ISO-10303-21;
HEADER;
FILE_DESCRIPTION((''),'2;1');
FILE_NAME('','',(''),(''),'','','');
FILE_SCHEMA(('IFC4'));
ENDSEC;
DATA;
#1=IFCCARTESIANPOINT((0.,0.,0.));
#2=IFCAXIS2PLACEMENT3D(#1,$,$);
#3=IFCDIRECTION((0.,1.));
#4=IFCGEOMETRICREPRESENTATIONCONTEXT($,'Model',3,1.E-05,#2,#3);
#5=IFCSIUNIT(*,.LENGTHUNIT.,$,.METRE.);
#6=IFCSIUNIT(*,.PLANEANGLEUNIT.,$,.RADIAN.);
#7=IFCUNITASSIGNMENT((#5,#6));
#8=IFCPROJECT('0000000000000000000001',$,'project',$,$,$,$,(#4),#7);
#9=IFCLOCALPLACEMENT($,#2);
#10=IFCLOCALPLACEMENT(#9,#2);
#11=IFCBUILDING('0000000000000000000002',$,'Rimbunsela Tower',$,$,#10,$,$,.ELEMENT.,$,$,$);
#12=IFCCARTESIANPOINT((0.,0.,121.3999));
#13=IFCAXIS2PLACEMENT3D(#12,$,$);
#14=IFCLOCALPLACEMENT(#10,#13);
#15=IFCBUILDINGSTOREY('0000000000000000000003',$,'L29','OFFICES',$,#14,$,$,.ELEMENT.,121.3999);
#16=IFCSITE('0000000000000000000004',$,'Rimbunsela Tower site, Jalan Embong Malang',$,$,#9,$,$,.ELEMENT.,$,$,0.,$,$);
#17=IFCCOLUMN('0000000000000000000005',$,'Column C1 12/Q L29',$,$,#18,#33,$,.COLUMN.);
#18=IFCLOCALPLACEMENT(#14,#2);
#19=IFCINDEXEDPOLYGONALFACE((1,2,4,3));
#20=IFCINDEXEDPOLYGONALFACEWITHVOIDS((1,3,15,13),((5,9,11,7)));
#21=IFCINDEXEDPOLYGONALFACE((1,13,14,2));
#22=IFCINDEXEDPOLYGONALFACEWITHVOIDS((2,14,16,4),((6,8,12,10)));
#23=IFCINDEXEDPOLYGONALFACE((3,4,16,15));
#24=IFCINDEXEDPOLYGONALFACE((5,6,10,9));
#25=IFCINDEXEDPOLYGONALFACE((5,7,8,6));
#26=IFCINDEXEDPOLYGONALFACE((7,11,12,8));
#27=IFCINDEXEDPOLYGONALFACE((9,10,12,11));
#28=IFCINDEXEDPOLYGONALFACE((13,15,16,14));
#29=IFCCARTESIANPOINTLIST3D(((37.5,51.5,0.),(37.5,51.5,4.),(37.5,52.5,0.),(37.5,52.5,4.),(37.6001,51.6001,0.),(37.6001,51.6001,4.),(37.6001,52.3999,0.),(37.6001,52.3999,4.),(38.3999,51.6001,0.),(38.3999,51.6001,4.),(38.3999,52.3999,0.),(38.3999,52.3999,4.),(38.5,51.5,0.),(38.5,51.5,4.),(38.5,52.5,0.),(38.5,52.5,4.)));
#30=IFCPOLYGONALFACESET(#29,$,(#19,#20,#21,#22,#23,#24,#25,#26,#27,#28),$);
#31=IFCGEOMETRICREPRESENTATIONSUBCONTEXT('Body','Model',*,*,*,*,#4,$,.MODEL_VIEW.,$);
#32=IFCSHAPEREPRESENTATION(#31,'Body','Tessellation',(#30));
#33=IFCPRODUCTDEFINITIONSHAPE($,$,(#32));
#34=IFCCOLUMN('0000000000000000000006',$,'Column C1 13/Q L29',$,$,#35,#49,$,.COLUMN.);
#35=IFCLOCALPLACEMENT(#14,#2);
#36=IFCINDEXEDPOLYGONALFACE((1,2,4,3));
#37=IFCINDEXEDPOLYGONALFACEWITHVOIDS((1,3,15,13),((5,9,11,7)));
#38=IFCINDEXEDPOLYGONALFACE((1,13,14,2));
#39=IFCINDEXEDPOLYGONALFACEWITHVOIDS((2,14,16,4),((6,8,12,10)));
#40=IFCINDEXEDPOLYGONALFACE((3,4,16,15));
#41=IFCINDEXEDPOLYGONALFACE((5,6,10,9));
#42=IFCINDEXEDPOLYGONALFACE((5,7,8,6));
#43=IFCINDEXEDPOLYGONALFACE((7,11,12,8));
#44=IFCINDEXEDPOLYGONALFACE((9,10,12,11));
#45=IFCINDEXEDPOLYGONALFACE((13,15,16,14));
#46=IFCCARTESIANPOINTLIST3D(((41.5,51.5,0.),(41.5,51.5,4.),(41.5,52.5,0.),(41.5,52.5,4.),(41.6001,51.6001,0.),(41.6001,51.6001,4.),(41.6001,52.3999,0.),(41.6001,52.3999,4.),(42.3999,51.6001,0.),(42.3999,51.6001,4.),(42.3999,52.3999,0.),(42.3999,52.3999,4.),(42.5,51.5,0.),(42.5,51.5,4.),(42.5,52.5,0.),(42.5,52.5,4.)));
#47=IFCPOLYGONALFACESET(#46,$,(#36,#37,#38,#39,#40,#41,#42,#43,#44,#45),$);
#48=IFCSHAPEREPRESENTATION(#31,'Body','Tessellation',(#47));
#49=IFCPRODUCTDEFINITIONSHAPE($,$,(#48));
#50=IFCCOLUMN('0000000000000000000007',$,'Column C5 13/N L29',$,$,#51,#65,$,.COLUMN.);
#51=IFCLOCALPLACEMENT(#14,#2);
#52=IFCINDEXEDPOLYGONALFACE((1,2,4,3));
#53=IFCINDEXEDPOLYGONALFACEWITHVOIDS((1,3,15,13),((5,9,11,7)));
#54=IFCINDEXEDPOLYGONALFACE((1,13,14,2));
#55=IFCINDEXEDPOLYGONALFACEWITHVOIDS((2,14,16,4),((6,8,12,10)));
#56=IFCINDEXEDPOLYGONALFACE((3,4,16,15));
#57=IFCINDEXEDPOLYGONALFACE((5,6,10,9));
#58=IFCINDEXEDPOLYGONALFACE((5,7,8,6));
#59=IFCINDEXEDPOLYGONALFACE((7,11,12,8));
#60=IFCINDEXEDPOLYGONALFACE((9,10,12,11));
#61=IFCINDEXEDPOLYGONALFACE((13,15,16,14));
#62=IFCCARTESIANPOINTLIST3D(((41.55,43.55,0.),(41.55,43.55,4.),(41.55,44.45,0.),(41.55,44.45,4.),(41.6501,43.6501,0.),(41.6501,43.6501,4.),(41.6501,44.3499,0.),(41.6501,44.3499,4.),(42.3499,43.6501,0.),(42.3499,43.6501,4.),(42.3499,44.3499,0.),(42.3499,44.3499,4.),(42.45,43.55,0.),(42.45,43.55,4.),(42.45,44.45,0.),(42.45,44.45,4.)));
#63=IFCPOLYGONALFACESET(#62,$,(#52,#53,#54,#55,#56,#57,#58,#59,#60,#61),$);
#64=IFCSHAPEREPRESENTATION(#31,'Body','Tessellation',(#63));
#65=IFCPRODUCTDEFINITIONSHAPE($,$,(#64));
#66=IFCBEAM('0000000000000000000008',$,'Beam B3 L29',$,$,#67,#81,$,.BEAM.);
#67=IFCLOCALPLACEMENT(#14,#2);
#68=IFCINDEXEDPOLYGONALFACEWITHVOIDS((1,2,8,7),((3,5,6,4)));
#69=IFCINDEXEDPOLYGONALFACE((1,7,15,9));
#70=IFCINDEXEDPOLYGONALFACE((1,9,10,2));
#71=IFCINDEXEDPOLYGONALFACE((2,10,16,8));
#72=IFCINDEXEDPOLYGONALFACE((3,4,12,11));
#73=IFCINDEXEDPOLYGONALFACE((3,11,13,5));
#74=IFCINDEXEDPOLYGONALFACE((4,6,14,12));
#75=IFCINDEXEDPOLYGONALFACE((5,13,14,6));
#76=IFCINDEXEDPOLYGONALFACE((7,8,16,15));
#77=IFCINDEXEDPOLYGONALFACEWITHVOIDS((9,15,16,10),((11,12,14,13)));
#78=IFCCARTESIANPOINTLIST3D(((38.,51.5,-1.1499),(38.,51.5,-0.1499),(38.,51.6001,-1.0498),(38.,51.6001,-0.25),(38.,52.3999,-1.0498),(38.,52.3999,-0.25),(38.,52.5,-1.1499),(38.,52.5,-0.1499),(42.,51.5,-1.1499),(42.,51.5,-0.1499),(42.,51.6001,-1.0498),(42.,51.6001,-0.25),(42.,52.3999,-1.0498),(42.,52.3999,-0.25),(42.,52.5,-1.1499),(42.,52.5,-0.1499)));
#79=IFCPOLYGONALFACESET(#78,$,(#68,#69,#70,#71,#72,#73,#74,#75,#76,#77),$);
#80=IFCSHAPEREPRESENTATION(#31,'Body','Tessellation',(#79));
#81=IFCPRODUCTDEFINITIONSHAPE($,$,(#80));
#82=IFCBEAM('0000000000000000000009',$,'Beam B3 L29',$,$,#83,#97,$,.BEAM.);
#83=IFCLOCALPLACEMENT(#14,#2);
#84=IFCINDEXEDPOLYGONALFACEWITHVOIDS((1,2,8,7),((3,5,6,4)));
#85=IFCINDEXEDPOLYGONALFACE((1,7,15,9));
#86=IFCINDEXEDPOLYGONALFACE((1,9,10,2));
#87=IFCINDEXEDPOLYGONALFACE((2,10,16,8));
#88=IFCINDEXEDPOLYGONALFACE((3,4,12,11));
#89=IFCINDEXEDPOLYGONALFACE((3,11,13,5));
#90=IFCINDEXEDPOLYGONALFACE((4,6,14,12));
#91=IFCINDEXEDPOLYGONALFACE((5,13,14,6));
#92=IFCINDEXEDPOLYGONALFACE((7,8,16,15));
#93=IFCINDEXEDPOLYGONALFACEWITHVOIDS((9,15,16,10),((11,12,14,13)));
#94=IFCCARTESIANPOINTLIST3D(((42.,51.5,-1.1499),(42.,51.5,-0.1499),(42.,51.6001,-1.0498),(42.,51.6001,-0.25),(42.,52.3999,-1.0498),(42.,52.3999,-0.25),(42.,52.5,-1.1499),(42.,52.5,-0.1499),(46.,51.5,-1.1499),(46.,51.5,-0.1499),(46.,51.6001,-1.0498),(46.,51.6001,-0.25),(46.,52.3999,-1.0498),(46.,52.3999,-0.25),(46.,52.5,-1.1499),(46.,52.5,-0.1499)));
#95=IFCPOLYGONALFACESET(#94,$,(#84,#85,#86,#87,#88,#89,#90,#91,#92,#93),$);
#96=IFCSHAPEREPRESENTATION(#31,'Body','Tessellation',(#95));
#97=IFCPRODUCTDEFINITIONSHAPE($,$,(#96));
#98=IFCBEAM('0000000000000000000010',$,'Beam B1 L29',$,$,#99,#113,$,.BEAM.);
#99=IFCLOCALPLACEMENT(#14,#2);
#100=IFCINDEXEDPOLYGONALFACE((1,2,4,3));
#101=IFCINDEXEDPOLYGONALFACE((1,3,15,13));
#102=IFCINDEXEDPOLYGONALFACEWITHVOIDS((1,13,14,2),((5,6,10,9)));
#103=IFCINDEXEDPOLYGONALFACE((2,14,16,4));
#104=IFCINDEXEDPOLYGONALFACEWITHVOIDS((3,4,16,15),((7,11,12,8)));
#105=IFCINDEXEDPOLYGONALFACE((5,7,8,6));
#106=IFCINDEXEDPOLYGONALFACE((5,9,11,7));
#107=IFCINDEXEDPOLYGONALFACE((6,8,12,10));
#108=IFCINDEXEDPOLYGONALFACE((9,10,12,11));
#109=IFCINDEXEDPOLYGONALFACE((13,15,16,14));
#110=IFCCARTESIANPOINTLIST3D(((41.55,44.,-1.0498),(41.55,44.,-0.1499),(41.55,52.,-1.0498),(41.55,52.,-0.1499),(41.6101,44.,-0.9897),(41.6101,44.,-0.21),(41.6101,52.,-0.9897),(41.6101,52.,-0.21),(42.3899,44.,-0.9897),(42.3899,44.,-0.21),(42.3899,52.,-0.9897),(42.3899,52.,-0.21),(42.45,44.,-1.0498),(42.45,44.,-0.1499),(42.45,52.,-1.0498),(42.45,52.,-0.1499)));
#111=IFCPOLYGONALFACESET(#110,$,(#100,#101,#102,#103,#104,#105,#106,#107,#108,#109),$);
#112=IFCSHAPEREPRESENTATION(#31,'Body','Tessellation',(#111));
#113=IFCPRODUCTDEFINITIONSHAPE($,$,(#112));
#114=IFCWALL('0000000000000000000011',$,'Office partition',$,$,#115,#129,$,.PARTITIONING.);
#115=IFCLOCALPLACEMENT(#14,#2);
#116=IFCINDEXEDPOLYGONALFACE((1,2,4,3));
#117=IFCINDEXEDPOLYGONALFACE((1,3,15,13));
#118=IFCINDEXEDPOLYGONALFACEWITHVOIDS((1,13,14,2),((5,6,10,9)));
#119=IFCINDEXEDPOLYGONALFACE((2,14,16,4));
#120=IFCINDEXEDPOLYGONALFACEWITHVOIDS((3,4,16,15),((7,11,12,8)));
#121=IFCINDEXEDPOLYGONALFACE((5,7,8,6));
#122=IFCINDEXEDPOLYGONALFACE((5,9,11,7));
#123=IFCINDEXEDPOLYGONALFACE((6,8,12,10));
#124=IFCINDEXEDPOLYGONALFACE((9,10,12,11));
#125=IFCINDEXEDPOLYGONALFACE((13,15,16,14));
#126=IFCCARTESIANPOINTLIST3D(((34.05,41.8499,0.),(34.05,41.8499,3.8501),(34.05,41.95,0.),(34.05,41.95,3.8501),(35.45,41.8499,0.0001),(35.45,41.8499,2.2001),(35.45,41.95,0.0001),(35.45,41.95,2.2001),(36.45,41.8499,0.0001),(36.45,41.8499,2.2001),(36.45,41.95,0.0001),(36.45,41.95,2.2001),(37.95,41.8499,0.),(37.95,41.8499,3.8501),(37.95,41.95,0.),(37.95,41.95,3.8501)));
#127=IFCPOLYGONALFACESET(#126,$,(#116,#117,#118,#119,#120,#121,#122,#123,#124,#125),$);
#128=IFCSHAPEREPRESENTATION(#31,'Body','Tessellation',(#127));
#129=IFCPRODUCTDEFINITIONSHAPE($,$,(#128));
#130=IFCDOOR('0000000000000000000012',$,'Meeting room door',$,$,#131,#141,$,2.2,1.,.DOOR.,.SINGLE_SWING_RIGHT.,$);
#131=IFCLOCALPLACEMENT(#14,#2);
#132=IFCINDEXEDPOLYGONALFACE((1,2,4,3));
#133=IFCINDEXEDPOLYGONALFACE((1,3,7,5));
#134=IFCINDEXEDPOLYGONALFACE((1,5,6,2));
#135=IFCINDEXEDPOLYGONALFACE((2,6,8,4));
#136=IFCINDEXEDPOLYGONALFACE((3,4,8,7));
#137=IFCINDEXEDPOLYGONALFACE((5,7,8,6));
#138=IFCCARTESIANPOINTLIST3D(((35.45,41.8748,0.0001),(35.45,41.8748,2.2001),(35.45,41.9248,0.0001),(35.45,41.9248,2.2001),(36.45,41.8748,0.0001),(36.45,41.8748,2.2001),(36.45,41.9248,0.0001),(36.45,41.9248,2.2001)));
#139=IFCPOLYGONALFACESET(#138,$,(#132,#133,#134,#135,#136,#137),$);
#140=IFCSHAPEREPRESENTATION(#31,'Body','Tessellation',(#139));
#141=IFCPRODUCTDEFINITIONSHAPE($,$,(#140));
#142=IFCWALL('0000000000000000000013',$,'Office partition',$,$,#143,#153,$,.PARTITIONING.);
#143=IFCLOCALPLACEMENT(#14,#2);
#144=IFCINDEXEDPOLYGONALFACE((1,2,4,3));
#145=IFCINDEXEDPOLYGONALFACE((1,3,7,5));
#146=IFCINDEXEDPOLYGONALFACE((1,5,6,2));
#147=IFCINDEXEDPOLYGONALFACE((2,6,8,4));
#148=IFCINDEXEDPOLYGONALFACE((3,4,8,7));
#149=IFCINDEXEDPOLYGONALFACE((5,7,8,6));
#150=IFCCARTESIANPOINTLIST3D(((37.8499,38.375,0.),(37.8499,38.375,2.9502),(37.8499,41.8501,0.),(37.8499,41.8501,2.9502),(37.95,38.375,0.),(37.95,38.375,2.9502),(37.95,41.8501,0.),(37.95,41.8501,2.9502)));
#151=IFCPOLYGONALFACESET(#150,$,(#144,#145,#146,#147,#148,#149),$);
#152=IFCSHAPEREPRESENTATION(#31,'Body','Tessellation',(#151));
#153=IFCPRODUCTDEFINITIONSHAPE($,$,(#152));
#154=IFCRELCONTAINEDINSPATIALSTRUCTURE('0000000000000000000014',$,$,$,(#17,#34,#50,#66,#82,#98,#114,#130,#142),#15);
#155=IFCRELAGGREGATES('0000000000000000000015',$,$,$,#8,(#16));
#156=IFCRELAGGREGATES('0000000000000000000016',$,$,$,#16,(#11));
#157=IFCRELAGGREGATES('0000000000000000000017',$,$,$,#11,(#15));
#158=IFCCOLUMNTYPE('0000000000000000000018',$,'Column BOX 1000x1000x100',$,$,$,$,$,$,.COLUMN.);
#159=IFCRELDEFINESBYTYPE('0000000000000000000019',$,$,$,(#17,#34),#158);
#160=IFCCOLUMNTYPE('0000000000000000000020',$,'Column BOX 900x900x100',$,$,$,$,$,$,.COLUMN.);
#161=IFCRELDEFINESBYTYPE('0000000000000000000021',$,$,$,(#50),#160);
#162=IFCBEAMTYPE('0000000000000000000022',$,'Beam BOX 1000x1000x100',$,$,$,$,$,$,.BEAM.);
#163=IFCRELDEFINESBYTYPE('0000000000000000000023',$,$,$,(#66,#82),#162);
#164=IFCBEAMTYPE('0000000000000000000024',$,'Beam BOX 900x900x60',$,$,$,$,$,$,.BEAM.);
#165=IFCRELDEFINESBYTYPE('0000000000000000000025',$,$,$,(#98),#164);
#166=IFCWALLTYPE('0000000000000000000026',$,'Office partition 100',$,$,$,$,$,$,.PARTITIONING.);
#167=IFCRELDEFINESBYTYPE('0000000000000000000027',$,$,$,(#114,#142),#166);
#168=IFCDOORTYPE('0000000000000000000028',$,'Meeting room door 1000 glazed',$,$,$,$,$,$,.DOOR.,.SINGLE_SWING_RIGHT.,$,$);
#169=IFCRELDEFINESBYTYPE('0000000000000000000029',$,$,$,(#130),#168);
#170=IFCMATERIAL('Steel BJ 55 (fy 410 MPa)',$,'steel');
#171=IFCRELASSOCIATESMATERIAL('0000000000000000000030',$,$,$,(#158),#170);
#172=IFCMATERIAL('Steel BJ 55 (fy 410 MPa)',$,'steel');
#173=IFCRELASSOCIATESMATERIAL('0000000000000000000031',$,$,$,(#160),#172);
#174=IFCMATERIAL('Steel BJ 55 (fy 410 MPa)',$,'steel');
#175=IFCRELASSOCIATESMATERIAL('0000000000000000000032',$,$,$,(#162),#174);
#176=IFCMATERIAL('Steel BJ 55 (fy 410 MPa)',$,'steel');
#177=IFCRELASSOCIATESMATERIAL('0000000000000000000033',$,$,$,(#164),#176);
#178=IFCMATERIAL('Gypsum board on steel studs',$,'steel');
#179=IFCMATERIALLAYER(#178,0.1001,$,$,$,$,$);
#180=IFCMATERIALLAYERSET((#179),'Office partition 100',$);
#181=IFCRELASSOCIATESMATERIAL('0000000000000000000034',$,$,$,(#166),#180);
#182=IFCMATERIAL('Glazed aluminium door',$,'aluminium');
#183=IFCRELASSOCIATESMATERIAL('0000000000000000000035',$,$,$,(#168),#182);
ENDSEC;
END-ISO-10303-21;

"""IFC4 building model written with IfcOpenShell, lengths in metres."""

from ifc_helpers import new_model, si_unit, direction, frame, frame_2d, origin, origin_2d, place, context, subcontext, project, spatial, rectangle, hollow_rectangle, extrude, material, layer, layer_set, material_profile, profile_set, type_object, element, fill, save


model = new_model("IFC4")

# Units and contexts
model_context = context("Model", 3, precision=1e-05, world=origin(), true_north=direction((0.0, 1.0)))
body_context = subcontext(model_context, "Body", "Model", "MODEL_VIEW")
ifc_project = project(units=[si_unit("LENGTHUNIT", "METRE"), si_unit("PLANEANGLEUNIT", "RADIAN")], contexts=[model_context])

# Site, building, storey
site_placement = place(None, origin())
site = spatial("IfcSite", under=ifc_project, at=site_placement, Name="Rimbunsela Tower site, Jalan Embong Malang", CompositionType="ELEMENT", RefElevation=0.0)
building_placement = place(site_placement, origin())
building = spatial("IfcBuilding", under=site, at=building_placement, Name="Rimbunsela Tower", CompositionType="ELEMENT")
storey_placement = place(building_placement, frame((0.0, 0.0, 121.3999)))
storey = spatial("IfcBuildingStorey", under=building, at=storey_placement, Name="L29", Description="OFFICES", CompositionType="ELEMENT", Elevation=121.3999)

# Columns
ifc_material_1 = material(Name="Steel BJ 55 (fy 410 MPa)", Category="steel")
ifc_material_profile_1 = material_profile(ifc_material_1, hollow_rectangle(XDim=1.0, YDim=1.0, WallThickness=0.1001, at=origin_2d()), Name="BOX 1000x1000x100")
ifc_profile_set_1 = profile_set([ifc_material_profile_1], Name="Steel BJ 55 (fy 410 MPa)")
column_type_1 = type_object("IfcColumnType", Name="Column BOX 1000x1000x100", PredefinedType="COLUMN", material=ifc_profile_set_1)
for number, where, z_axis, x_axis, name in (
    (1, (38.0, 52.0, 0.0), (0.0, 0.0, 1.0), (1.0, 0.0, 0.0), "Column C1 12/Q L29"),
    (2, (42.0, 52.0, 0.0), (0.0, 0.0, 1.0), (1.0, 0.0, 0.0), "Column C1 13/Q L29"),
):
    element("IfcColumn", number, at=place(storey_placement, frame(where, z_axis=z_axis, x_axis=x_axis)), inside=storey, type_object=column_type_1, Name=name, PredefinedType="COLUMN", context=body_context, shape_type="SweptSolid", body=[
        extrude(hollow_rectangle(XDim=1.0, YDim=1.0, WallThickness=0.1001, at=origin_2d()), origin(), (0.0, 0.0, 1.0), 4.0),
    ])
ifc_material_2 = material(Name="Steel BJ 55 (fy 410 MPa)", Category="steel")
ifc_material_profile_2 = material_profile(ifc_material_2, hollow_rectangle(XDim=0.8999, YDim=0.8999, WallThickness=0.1001, at=origin_2d()), Name="BOX 900x900x100")
ifc_profile_set_2 = profile_set([ifc_material_profile_2], Name="Steel BJ 55 (fy 410 MPa)")
column_type_2 = type_object("IfcColumnType", Name="Column BOX 900x900x100", PredefinedType="COLUMN", material=ifc_profile_set_2)
column_placement = place(storey_placement, frame((42.0, 44.0, 0.0), z_axis=(0.0, 0.0, 1.0), x_axis=(1.0, 0.0, 0.0)))
element("IfcColumn", 3, at=column_placement, inside=storey, type_object=column_type_2, Name="Column C5 13/N L29", PredefinedType="COLUMN", context=body_context, shape_type="SweptSolid", body=[
    extrude(hollow_rectangle(XDim=0.8999, YDim=0.8999, WallThickness=0.1001, at=origin_2d()), origin(), (0.0, 0.0, 1.0), 4.0),
])

# Beams
ifc_material_3 = material(Name="Steel BJ 55 (fy 410 MPa)", Category="steel")
ifc_material_profile_3 = material_profile(ifc_material_3, hollow_rectangle(XDim=1.0, YDim=1.0, WallThickness=0.1001, at=origin_2d()), Name="BOX 1000x1000x100")
ifc_profile_set_3 = profile_set([ifc_material_profile_3], Name="Steel BJ 55 (fy 410 MPa)")
beam_type_1 = type_object("IfcBeamType", Name="Beam BOX 1000x1000x100", PredefinedType="BEAM", material=ifc_profile_set_3)
for number, where, z_axis, x_axis, name in (
    (4, (38.0, 52.0, -0.6499), (1.0, 0.0, 0.0), (0.0, 1.0, 0.0), "Beam B3 L29"),
    (5, (42.0, 52.0, -0.6499), (1.0, 0.0, 0.0), (0.0, 1.0, 0.0), "Beam B3 L29"),
):
    element("IfcBeam", number, at=place(storey_placement, frame(where, z_axis=z_axis, x_axis=x_axis)), inside=storey, type_object=beam_type_1, Name=name, PredefinedType="BEAM", context=body_context, shape_type="SweptSolid", body=[
        extrude(hollow_rectangle(XDim=1.0, YDim=1.0, WallThickness=0.1001, at=origin_2d()), origin(), (0.0, 0.0, 1.0), 4.0),
    ])
ifc_material_4 = material(Name="Steel BJ 55 (fy 410 MPa)", Category="steel")
ifc_material_profile_4 = material_profile(ifc_material_4, hollow_rectangle(XDim=0.8999, YDim=0.8999, WallThickness=0.0601, at=origin_2d()), Name="BOX 900x900x60")
ifc_profile_set_4 = profile_set([ifc_material_profile_4], Name="Steel BJ 55 (fy 410 MPa)")
beam_type_2 = type_object("IfcBeamType", Name="Beam BOX 900x900x60", PredefinedType="BEAM", material=ifc_profile_set_4)
beam_placement = place(storey_placement, frame((42.0, 44.0, -0.5999), z_axis=(0.0, 1.0, 0.0), x_axis=(-1.0, 0.0, 0.0)))
element("IfcBeam", 6, at=beam_placement, inside=storey, type_object=beam_type_2, Name="Beam B1 L29", PredefinedType="BEAM", context=body_context, shape_type="SweptSolid", body=[
    extrude(hollow_rectangle(XDim=0.8999, YDim=0.8999, WallThickness=0.0601, at=origin_2d()), origin(), (0.0, 0.0, 1.0), 8.0),
])

# Wall, opening, door
ifc_material_5 = material(Name="Gypsum board on steel studs", Category="steel")
ifc_layer_1 = layer(ifc_material_5, 0.1001)
ifc_layer_set_1 = layer_set([ifc_layer_1], Name="Office partition 100")
wall_type_1 = type_object("IfcWallType", Name="Office partition 100", PredefinedType="PARTITIONING", material=ifc_layer_set_1)
wall_1_placement = place(storey_placement, frame((34.05, 41.8999, 0.0), z_axis=(0.0, 0.0, 1.0), x_axis=(1.0, 0.0, 0.0)))
wall_1 = element("IfcWall", 7, at=wall_1_placement, inside=storey, type_object=wall_type_1, Name="Office partition", PredefinedType="PARTITIONING", context=body_context, shape_type="SweptSolid", body=[
    extrude(rectangle(XDim=3.8999, YDim=0.1001, at=frame_2d((1.95, 0.0))), origin(), (0.0, 0.0, 1.0), 3.8501),
])
opening_1_placement = place(wall_1_placement, frame((1.3999, 0.0, 0.0)))
opening_1 = element("IfcOpeningElement", 8, at=opening_1_placement, cuts=wall_1, PredefinedType="OPENING", context=body_context, shape_type="SweptSolid", body=[
    extrude(rectangle(XDim=1.0, YDim=2.2, at=frame_2d((0.5, 1.1001))), frame((0.0, 0.0601, 0.0), z_axis=(0.0, -1.0, 0.0), x_axis=(1.0, 0.0, 0.0)), (0.0, 0.0, 1.0), 0.1201),
])
ifc_material_6 = material(Name="Glazed aluminium door", Category="aluminium")
door_type = type_object("IfcDoorType", Name="Meeting room door 1000 glazed", OperationType="SINGLE_SWING_RIGHT", PredefinedType="DOOR", material=ifc_material_6)
door_placement = place(opening_1_placement, origin())
door = element("IfcDoor", 9, at=door_placement, inside=storey, type_object=door_type, Name="Meeting room door", OperationType="SINGLE_SWING_RIGHT", OverallHeight=2.2, OverallWidth=1.0, PredefinedType="DOOR", context=body_context, shape_type="SweptSolid", body=[
    extrude(rectangle(XDim=1.0, YDim=2.2, at=frame_2d((0.5, 1.1001))), frame((0.0, 0.0249, 0.0), z_axis=(0.0, -1.0, 0.0), x_axis=(1.0, 0.0, 0.0)), (0.0, 0.0, 1.0), 0.05),
])
fill(opening_1, door)

# Wall
wall_2_placement = place(storey_placement, frame((37.8999, 38.375, 0.0), z_axis=(0.0, 0.0, 1.0), x_axis=(0.0, 1.0, 0.0)))
element("IfcWall", 10, at=wall_2_placement, inside=storey, type_object=wall_type_1, Name="Office partition", PredefinedType="PARTITIONING", context=body_context, shape_type="SweptSolid", body=[
    extrude(rectangle(XDim=3.4751, YDim=0.1001, at=frame_2d((1.7375, 0.0))), origin(), (0.0, 0.0, 1.0), 2.9502),
])

save(model, "model.ifc")
